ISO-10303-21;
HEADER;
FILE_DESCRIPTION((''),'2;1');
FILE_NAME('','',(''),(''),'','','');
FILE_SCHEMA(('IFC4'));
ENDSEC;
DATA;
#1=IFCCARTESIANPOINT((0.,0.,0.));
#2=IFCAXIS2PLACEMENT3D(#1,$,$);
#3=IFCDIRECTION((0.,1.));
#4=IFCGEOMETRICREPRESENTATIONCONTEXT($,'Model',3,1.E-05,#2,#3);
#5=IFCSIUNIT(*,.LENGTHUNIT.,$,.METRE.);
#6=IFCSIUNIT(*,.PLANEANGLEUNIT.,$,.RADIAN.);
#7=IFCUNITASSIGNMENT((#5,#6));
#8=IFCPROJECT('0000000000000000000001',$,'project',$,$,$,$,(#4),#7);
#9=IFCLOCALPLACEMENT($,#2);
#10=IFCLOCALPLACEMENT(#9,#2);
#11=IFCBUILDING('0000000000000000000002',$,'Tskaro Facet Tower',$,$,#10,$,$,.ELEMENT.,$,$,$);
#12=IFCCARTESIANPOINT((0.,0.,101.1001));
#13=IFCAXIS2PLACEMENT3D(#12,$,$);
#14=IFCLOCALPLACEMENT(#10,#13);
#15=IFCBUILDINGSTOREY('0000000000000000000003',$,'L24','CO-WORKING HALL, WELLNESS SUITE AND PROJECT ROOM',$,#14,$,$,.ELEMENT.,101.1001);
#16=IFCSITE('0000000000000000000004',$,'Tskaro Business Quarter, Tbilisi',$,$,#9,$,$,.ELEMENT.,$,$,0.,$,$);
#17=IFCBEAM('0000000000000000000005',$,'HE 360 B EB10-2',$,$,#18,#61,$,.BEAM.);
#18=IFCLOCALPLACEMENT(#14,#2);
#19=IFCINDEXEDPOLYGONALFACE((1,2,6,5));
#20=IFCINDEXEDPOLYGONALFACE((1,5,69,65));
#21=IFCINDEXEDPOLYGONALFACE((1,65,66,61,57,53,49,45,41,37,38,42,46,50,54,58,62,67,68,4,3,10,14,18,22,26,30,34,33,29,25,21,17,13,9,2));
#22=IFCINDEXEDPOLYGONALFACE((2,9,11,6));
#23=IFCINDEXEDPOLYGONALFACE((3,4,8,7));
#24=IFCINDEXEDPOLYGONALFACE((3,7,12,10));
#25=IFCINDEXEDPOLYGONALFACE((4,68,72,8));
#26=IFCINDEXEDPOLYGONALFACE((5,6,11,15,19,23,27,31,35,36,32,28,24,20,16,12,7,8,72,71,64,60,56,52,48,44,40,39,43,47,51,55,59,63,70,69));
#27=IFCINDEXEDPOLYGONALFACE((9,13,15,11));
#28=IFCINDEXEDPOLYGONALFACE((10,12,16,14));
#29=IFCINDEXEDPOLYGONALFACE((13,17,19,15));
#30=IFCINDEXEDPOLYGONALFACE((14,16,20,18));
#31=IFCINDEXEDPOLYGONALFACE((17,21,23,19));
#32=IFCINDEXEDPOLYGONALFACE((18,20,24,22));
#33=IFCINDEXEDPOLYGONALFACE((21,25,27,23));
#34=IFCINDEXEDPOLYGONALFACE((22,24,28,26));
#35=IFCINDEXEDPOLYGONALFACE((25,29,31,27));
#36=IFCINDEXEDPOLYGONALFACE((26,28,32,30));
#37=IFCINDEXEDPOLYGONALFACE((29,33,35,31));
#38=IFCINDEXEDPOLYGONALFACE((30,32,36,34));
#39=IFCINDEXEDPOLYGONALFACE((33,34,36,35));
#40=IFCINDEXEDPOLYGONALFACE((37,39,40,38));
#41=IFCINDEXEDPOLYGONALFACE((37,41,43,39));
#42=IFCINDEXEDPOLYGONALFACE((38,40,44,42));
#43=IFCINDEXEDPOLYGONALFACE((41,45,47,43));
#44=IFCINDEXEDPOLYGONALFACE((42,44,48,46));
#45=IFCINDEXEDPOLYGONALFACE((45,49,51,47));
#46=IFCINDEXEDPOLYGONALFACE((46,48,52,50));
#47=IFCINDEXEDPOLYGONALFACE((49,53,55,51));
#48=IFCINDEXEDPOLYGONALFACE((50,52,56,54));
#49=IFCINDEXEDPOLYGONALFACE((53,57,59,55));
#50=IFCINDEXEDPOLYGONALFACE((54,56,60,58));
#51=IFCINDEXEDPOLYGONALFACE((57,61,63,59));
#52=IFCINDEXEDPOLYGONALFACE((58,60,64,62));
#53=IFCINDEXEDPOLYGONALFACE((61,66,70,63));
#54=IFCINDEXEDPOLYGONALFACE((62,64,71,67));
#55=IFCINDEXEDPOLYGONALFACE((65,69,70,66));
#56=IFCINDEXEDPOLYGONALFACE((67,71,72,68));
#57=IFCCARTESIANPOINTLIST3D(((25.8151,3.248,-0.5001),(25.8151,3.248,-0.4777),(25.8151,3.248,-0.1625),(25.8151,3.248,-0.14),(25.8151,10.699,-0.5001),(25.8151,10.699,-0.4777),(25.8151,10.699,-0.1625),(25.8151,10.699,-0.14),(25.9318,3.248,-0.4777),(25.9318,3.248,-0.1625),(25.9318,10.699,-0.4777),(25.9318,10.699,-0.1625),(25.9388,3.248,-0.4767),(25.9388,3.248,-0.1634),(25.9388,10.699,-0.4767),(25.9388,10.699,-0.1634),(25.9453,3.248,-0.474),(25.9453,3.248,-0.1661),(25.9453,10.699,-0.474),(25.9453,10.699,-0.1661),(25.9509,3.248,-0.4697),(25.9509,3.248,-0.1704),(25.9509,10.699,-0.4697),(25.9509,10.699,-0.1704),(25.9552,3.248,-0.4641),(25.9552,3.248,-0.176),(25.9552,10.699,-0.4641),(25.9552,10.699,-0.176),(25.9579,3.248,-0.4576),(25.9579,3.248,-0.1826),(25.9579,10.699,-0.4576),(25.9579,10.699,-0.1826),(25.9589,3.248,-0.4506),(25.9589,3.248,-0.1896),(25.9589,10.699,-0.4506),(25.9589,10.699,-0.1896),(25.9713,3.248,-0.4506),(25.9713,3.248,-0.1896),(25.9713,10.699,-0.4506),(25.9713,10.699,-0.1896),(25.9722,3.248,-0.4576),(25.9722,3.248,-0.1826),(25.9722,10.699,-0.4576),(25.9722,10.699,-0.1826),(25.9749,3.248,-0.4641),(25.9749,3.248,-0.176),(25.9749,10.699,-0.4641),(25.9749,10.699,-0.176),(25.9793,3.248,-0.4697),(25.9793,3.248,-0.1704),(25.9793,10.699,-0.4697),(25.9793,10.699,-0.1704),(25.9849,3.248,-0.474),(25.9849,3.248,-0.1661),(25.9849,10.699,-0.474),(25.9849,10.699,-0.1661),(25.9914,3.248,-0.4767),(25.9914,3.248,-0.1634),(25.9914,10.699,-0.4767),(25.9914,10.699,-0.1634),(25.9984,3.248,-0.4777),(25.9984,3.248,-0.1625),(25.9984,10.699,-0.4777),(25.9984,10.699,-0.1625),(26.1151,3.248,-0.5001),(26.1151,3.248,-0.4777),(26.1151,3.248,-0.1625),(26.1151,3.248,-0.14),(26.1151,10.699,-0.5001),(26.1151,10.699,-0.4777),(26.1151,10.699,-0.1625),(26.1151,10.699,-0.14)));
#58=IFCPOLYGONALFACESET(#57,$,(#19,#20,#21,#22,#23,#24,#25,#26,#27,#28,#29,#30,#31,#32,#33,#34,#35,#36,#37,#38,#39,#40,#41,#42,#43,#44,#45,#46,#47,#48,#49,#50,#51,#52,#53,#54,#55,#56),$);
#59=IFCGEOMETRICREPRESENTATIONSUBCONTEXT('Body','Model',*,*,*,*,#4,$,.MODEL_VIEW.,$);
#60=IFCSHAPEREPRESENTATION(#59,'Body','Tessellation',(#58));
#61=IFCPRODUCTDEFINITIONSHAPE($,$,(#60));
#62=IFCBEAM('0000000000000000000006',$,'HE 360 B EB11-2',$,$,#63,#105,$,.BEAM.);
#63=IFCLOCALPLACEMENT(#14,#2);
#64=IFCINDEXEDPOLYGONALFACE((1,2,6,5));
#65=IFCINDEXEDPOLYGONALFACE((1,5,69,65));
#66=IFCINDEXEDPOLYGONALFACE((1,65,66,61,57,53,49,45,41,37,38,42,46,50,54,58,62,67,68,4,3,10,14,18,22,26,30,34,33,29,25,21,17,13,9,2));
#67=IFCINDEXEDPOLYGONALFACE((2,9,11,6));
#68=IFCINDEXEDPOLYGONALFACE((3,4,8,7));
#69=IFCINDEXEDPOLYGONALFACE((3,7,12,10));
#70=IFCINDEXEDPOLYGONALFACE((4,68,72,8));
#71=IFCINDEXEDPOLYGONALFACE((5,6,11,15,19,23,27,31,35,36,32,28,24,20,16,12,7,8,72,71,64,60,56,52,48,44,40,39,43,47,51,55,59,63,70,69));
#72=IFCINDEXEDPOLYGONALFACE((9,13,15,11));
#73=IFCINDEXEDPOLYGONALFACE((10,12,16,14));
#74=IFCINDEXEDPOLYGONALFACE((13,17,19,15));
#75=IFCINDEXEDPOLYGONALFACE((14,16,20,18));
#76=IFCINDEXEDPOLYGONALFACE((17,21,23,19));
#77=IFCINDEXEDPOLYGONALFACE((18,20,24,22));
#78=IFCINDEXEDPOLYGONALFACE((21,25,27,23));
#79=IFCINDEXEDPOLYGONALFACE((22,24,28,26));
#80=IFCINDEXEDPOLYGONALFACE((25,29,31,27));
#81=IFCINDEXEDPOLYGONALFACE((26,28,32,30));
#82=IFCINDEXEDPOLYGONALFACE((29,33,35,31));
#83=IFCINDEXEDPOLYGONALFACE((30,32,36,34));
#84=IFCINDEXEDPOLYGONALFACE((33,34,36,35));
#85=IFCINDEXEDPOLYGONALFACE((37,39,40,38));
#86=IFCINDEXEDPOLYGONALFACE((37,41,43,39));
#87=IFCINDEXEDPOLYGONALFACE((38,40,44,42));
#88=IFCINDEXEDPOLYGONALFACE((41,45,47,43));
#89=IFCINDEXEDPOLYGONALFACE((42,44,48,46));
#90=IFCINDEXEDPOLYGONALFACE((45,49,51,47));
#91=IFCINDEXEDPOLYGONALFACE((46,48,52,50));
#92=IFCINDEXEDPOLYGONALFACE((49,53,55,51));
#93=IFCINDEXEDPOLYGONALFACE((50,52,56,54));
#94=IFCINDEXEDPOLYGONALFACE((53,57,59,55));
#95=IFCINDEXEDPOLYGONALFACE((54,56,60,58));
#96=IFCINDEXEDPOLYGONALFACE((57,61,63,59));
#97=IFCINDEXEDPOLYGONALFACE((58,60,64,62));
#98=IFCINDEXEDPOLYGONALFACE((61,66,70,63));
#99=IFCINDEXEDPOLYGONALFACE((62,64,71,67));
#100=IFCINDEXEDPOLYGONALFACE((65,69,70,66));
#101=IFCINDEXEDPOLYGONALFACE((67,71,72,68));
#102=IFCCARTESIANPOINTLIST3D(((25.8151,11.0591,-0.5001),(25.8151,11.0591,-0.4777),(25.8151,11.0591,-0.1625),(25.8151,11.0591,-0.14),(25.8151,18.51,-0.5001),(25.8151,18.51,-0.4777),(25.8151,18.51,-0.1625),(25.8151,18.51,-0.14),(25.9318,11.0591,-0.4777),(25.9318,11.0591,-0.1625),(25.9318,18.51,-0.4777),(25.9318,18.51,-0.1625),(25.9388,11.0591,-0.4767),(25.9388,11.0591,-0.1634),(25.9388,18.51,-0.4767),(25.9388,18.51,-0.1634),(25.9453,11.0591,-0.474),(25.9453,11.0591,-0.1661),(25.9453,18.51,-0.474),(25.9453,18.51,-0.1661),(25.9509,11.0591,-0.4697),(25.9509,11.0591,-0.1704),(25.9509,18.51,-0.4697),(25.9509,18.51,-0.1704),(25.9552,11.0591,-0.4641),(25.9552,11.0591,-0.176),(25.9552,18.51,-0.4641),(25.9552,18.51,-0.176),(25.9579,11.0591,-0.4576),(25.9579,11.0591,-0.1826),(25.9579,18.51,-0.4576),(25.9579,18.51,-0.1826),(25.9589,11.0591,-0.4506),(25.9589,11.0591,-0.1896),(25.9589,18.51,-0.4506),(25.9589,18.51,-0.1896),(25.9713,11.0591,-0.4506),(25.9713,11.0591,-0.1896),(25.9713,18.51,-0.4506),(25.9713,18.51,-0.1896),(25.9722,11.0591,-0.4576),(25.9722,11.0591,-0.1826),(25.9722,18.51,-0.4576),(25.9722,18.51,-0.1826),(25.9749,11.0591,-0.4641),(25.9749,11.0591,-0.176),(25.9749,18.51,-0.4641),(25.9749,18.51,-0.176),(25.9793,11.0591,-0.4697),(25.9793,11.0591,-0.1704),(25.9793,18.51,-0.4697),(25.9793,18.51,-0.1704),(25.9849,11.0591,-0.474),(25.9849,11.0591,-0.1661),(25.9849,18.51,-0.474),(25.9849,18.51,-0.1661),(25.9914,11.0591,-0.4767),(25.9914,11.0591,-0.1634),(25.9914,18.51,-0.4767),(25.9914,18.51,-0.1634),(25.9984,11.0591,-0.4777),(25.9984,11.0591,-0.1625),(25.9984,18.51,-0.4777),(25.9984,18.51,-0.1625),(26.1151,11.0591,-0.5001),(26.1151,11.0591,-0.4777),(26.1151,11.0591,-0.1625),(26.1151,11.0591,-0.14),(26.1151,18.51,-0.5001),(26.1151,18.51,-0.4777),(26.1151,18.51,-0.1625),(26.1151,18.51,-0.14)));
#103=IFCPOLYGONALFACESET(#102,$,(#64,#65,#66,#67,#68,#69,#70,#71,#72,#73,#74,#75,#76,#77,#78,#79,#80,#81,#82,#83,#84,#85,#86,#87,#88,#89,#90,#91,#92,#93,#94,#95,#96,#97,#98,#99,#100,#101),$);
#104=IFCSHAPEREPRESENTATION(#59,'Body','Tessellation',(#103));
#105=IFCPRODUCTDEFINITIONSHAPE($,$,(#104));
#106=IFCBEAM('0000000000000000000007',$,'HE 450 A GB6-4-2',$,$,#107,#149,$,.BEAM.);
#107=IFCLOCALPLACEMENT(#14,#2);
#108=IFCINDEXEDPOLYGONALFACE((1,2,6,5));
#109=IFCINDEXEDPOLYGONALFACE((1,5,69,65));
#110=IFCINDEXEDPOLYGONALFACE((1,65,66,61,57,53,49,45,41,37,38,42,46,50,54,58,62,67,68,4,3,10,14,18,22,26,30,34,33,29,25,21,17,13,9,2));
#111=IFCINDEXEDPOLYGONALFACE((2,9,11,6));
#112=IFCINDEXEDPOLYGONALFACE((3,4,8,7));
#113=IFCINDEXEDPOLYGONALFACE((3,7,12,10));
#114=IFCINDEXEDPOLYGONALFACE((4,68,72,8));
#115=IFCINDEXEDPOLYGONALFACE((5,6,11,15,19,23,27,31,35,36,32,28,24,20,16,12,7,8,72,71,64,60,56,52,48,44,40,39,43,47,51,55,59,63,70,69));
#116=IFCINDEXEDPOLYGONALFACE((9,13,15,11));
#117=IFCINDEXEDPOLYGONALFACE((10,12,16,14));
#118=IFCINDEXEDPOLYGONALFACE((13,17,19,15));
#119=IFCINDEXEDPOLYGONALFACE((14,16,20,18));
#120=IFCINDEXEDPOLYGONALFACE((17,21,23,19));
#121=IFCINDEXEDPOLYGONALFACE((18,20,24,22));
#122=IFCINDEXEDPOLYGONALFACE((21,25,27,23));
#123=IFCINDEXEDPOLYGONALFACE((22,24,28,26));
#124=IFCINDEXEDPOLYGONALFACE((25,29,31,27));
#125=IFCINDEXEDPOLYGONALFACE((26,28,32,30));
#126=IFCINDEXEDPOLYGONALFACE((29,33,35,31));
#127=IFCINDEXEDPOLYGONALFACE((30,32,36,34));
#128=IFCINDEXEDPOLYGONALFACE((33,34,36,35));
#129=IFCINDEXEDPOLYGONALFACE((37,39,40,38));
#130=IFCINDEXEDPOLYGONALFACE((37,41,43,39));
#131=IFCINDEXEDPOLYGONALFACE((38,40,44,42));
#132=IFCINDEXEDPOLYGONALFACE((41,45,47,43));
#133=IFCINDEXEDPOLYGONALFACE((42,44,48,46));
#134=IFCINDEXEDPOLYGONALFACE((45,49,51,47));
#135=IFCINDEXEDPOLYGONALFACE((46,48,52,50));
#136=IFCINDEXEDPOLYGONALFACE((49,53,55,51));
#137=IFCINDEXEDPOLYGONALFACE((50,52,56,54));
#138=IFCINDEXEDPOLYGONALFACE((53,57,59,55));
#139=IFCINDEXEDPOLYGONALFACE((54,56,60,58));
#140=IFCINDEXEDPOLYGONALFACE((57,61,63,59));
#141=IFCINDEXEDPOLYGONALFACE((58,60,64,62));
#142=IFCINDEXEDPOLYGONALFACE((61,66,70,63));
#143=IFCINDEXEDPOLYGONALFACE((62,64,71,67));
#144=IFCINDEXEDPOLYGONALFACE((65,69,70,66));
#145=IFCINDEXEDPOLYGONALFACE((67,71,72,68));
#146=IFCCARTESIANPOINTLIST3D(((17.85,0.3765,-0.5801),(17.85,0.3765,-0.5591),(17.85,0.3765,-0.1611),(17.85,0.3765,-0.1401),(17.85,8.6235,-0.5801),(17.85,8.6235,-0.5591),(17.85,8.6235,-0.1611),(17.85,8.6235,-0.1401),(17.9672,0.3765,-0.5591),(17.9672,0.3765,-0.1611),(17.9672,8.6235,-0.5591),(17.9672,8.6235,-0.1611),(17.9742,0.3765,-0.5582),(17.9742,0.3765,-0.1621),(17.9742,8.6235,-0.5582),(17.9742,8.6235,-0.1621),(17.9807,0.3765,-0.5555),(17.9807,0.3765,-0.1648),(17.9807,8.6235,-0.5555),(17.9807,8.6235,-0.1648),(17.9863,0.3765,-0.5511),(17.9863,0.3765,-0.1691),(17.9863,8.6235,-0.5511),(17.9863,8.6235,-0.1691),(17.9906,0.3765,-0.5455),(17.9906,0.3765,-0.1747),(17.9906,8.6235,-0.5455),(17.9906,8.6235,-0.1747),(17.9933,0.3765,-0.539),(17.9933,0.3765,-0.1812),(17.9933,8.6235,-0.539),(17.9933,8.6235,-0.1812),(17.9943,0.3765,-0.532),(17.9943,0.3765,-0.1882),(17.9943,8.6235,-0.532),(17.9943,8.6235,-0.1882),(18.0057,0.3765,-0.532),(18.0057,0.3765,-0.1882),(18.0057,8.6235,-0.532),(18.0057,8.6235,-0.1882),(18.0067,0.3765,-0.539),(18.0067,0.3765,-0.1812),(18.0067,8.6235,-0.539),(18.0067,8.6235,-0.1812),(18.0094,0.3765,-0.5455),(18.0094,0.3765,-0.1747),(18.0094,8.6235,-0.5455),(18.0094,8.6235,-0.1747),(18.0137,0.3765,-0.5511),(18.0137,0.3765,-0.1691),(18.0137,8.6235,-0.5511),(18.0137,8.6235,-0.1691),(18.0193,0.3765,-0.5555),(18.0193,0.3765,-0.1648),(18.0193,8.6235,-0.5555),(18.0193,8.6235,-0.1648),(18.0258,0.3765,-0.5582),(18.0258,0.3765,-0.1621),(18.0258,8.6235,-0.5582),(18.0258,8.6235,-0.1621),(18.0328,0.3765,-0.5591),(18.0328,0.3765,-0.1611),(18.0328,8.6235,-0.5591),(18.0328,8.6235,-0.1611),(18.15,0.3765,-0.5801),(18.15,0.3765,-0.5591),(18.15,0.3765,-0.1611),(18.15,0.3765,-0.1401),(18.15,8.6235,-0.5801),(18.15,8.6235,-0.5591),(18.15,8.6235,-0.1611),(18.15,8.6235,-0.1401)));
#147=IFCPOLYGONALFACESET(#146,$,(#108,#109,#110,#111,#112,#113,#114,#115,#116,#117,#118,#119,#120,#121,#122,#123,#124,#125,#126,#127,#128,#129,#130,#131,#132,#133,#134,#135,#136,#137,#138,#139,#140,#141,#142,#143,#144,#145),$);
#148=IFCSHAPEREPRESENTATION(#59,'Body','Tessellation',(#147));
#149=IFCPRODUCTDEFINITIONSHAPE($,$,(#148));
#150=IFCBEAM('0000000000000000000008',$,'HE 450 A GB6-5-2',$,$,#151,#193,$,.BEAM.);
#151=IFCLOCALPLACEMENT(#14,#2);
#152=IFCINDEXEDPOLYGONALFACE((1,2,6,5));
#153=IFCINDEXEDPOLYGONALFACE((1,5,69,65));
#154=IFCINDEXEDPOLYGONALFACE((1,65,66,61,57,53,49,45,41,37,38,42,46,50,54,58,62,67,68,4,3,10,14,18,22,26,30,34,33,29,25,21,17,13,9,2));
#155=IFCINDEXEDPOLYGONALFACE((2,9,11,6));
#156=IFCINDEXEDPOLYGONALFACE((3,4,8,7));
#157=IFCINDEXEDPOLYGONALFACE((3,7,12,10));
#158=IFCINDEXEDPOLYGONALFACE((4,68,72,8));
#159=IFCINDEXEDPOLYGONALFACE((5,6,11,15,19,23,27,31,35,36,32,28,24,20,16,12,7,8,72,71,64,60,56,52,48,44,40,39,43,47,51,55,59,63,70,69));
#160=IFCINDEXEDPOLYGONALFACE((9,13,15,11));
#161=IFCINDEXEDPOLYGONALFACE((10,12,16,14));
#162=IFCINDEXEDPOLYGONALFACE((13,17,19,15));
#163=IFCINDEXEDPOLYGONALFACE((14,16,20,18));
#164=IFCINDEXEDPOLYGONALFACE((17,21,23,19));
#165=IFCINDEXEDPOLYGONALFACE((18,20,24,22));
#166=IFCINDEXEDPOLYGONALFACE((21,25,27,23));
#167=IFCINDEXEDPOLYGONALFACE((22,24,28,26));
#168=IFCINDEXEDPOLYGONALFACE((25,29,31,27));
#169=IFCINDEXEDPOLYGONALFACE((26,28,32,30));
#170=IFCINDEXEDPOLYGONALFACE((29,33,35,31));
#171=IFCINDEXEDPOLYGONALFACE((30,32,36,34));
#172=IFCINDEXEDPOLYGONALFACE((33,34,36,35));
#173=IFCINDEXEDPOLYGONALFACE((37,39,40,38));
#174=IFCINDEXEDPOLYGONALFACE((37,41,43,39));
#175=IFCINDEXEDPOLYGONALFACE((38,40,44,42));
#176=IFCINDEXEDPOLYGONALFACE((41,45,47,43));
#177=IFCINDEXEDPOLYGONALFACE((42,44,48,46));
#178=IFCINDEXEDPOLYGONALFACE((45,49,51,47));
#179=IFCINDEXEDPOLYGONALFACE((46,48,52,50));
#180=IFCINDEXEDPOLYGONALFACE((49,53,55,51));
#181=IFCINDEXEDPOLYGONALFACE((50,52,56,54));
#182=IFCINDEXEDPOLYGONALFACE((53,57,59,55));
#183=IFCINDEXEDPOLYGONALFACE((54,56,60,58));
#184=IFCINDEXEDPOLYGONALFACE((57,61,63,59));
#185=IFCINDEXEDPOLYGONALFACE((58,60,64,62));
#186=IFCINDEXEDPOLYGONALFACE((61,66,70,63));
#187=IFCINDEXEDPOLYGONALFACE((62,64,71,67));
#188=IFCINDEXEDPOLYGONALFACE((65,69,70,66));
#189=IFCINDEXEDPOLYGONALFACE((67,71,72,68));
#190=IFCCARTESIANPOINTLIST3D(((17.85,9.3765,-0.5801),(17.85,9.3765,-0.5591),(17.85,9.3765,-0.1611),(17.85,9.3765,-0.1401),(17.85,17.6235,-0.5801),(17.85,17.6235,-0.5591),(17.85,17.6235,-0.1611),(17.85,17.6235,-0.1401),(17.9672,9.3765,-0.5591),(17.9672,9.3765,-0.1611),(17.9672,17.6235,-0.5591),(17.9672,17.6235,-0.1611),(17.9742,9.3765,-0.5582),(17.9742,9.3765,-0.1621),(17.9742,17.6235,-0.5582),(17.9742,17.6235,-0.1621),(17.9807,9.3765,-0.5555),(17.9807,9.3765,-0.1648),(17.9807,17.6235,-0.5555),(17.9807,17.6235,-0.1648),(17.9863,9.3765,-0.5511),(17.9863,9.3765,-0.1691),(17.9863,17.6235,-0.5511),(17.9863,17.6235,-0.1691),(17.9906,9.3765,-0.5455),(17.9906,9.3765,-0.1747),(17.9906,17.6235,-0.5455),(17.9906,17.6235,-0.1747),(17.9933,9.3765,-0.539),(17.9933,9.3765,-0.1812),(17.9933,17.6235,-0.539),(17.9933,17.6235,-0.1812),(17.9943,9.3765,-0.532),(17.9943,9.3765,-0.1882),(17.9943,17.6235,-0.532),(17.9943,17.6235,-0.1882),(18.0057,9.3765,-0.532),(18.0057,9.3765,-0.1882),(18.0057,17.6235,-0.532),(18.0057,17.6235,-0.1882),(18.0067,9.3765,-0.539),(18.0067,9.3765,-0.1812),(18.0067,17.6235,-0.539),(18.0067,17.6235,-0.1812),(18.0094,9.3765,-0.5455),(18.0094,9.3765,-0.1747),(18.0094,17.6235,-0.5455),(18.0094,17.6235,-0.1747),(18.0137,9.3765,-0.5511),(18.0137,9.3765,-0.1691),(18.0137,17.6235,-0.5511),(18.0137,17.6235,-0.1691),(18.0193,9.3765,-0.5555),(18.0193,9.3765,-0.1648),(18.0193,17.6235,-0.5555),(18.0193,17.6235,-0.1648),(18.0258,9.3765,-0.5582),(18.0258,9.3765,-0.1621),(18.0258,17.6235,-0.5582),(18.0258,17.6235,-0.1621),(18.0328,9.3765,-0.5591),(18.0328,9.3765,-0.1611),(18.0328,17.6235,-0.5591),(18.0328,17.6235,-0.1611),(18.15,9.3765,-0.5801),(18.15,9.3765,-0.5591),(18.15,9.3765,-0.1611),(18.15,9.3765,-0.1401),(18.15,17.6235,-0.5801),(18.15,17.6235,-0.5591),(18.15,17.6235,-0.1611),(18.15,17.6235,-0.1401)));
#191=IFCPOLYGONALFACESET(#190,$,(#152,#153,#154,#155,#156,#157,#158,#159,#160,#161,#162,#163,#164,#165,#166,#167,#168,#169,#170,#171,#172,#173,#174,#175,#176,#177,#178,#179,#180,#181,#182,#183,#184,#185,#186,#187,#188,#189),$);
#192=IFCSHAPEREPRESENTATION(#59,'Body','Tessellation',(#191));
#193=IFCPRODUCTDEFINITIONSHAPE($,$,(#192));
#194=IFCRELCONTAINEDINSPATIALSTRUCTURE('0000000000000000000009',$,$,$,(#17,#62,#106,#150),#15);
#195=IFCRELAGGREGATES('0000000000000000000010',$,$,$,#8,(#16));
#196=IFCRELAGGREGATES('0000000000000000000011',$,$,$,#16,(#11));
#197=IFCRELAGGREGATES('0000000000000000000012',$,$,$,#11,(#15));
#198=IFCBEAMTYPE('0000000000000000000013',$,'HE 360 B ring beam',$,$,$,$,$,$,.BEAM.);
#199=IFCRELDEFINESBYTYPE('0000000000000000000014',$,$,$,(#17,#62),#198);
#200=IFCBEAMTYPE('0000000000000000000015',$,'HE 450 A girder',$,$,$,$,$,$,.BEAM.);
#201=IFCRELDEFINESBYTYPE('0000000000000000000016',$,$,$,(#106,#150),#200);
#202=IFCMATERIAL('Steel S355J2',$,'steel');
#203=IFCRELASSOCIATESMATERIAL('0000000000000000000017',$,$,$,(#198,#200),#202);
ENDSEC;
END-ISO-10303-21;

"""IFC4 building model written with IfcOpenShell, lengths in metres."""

from ifc_helpers import new_model, si_unit, direction, frame, origin, origin_2d, place, context, subcontext, project, spatial, i_section, extrude, material, material_profile, profile_set, type_object, element, save


model = new_model("IFC4")

# Units and contexts
model_context = context("Model", 3, precision=1e-05, world=origin(), true_north=direction((0.0, 1.0)))
body_context = subcontext(model_context, "Body", "Model", "MODEL_VIEW")
ifc_project = project(units=[si_unit("LENGTHUNIT", "METRE"), si_unit("PLANEANGLEUNIT", "RADIAN")], contexts=[model_context])

# Site, building, storey
site_placement = place(None, origin())
site = spatial("IfcSite", under=ifc_project, at=site_placement, Name="Tskaro Business Quarter, Tbilisi", CompositionType="ELEMENT", RefElevation=0.0)
building_placement = place(site_placement, origin())
building = spatial("IfcBuilding", under=site, at=building_placement, Name="Tskaro Facet Tower", CompositionType="ELEMENT")
storey_placement = place(building_placement, frame((0.0, 0.0, 101.1001)))
storey = spatial("IfcBuildingStorey", under=building, at=storey_placement, Name="L24", Description="CO-WORKING HALL, WELLNESS SUITE AND PROJECT ROOM", CompositionType="ELEMENT", Elevation=101.1001)

# Beams
ifc_material_1 = material(Name="Steel S355J2", Category="steel")
ifc_material_profile_1 = material_profile(ifc_material_1, i_section(OverallWidth=0.3, OverallDepth=0.3601, WebThickness=0.0125, FlangeThickness=0.0225, FilletRadius=0.0271, at=origin_2d()), Name="HE 360 B")
ifc_profile_set_1 = profile_set([ifc_material_profile_1], Name="Steel S355J2")
beam_type_1 = type_object("IfcBeamType", Name="HE 360 B ring beam", PredefinedType="BEAM", material=ifc_profile_set_1)
for number, where, z_axis, x_axis, name in (
    (1, (25.9651, 3.248, -0.3201), (0.0, 1.0, 0.0), (-1.0, 0.0, 0.0), "HE 360 B EB10-2"),
    (2, (25.9651, 11.0591, -0.3201), (0.0, 1.0, 0.0), (-1.0, 0.0, 0.0), "HE 360 B EB11-2"),
):
    element("IfcBeam", number, at=place(storey_placement, frame(where, z_axis=z_axis, x_axis=x_axis)), inside=storey, type_object=beam_type_1, Name=name, PredefinedType="BEAM", context=body_context, shape_type="SweptSolid", body=[
        extrude(i_section(OverallWidth=0.3, OverallDepth=0.3601, WebThickness=0.0125, FlangeThickness=0.0225, FilletRadius=0.0271, at=origin_2d()), origin(), (0.0, 0.0, 1.0), 7.4509),
    ])
ifc_material_profile_2 = material_profile(ifc_material_1, i_section(OverallWidth=0.3, OverallDepth=0.4399, WebThickness=0.0115, FlangeThickness=0.021, FilletRadius=0.0271, at=origin_2d()), Name="HE 450 A")
ifc_profile_set_2 = profile_set([ifc_material_profile_2], Name="Steel S355J2")
beam_type_2 = type_object("IfcBeamType", Name="HE 450 A girder", PredefinedType="BEAM", material=ifc_profile_set_2)
for number, where, z_axis, x_axis, name in (
    (3, (18.0, 0.3765, -0.3601), (0.0, 1.0, 0.0), (-1.0, 0.0, 0.0), "HE 450 A GB6-4-2"),
    (4, (18.0, 9.3765, -0.3601), (0.0, 1.0, 0.0), (-1.0, 0.0, 0.0), "HE 450 A GB6-5-2"),
):
    element("IfcBeam", number, at=place(storey_placement, frame(where, z_axis=z_axis, x_axis=x_axis)), inside=storey, type_object=beam_type_2, Name=name, PredefinedType="BEAM", context=body_context, shape_type="SweptSolid", body=[
        extrude(i_section(OverallWidth=0.3, OverallDepth=0.4399, WebThickness=0.0115, FlangeThickness=0.021, FilletRadius=0.0271, at=origin_2d()), origin(), (0.0, 0.0, 1.0), 8.2471),
    ])

save(model, "model.ifc")
